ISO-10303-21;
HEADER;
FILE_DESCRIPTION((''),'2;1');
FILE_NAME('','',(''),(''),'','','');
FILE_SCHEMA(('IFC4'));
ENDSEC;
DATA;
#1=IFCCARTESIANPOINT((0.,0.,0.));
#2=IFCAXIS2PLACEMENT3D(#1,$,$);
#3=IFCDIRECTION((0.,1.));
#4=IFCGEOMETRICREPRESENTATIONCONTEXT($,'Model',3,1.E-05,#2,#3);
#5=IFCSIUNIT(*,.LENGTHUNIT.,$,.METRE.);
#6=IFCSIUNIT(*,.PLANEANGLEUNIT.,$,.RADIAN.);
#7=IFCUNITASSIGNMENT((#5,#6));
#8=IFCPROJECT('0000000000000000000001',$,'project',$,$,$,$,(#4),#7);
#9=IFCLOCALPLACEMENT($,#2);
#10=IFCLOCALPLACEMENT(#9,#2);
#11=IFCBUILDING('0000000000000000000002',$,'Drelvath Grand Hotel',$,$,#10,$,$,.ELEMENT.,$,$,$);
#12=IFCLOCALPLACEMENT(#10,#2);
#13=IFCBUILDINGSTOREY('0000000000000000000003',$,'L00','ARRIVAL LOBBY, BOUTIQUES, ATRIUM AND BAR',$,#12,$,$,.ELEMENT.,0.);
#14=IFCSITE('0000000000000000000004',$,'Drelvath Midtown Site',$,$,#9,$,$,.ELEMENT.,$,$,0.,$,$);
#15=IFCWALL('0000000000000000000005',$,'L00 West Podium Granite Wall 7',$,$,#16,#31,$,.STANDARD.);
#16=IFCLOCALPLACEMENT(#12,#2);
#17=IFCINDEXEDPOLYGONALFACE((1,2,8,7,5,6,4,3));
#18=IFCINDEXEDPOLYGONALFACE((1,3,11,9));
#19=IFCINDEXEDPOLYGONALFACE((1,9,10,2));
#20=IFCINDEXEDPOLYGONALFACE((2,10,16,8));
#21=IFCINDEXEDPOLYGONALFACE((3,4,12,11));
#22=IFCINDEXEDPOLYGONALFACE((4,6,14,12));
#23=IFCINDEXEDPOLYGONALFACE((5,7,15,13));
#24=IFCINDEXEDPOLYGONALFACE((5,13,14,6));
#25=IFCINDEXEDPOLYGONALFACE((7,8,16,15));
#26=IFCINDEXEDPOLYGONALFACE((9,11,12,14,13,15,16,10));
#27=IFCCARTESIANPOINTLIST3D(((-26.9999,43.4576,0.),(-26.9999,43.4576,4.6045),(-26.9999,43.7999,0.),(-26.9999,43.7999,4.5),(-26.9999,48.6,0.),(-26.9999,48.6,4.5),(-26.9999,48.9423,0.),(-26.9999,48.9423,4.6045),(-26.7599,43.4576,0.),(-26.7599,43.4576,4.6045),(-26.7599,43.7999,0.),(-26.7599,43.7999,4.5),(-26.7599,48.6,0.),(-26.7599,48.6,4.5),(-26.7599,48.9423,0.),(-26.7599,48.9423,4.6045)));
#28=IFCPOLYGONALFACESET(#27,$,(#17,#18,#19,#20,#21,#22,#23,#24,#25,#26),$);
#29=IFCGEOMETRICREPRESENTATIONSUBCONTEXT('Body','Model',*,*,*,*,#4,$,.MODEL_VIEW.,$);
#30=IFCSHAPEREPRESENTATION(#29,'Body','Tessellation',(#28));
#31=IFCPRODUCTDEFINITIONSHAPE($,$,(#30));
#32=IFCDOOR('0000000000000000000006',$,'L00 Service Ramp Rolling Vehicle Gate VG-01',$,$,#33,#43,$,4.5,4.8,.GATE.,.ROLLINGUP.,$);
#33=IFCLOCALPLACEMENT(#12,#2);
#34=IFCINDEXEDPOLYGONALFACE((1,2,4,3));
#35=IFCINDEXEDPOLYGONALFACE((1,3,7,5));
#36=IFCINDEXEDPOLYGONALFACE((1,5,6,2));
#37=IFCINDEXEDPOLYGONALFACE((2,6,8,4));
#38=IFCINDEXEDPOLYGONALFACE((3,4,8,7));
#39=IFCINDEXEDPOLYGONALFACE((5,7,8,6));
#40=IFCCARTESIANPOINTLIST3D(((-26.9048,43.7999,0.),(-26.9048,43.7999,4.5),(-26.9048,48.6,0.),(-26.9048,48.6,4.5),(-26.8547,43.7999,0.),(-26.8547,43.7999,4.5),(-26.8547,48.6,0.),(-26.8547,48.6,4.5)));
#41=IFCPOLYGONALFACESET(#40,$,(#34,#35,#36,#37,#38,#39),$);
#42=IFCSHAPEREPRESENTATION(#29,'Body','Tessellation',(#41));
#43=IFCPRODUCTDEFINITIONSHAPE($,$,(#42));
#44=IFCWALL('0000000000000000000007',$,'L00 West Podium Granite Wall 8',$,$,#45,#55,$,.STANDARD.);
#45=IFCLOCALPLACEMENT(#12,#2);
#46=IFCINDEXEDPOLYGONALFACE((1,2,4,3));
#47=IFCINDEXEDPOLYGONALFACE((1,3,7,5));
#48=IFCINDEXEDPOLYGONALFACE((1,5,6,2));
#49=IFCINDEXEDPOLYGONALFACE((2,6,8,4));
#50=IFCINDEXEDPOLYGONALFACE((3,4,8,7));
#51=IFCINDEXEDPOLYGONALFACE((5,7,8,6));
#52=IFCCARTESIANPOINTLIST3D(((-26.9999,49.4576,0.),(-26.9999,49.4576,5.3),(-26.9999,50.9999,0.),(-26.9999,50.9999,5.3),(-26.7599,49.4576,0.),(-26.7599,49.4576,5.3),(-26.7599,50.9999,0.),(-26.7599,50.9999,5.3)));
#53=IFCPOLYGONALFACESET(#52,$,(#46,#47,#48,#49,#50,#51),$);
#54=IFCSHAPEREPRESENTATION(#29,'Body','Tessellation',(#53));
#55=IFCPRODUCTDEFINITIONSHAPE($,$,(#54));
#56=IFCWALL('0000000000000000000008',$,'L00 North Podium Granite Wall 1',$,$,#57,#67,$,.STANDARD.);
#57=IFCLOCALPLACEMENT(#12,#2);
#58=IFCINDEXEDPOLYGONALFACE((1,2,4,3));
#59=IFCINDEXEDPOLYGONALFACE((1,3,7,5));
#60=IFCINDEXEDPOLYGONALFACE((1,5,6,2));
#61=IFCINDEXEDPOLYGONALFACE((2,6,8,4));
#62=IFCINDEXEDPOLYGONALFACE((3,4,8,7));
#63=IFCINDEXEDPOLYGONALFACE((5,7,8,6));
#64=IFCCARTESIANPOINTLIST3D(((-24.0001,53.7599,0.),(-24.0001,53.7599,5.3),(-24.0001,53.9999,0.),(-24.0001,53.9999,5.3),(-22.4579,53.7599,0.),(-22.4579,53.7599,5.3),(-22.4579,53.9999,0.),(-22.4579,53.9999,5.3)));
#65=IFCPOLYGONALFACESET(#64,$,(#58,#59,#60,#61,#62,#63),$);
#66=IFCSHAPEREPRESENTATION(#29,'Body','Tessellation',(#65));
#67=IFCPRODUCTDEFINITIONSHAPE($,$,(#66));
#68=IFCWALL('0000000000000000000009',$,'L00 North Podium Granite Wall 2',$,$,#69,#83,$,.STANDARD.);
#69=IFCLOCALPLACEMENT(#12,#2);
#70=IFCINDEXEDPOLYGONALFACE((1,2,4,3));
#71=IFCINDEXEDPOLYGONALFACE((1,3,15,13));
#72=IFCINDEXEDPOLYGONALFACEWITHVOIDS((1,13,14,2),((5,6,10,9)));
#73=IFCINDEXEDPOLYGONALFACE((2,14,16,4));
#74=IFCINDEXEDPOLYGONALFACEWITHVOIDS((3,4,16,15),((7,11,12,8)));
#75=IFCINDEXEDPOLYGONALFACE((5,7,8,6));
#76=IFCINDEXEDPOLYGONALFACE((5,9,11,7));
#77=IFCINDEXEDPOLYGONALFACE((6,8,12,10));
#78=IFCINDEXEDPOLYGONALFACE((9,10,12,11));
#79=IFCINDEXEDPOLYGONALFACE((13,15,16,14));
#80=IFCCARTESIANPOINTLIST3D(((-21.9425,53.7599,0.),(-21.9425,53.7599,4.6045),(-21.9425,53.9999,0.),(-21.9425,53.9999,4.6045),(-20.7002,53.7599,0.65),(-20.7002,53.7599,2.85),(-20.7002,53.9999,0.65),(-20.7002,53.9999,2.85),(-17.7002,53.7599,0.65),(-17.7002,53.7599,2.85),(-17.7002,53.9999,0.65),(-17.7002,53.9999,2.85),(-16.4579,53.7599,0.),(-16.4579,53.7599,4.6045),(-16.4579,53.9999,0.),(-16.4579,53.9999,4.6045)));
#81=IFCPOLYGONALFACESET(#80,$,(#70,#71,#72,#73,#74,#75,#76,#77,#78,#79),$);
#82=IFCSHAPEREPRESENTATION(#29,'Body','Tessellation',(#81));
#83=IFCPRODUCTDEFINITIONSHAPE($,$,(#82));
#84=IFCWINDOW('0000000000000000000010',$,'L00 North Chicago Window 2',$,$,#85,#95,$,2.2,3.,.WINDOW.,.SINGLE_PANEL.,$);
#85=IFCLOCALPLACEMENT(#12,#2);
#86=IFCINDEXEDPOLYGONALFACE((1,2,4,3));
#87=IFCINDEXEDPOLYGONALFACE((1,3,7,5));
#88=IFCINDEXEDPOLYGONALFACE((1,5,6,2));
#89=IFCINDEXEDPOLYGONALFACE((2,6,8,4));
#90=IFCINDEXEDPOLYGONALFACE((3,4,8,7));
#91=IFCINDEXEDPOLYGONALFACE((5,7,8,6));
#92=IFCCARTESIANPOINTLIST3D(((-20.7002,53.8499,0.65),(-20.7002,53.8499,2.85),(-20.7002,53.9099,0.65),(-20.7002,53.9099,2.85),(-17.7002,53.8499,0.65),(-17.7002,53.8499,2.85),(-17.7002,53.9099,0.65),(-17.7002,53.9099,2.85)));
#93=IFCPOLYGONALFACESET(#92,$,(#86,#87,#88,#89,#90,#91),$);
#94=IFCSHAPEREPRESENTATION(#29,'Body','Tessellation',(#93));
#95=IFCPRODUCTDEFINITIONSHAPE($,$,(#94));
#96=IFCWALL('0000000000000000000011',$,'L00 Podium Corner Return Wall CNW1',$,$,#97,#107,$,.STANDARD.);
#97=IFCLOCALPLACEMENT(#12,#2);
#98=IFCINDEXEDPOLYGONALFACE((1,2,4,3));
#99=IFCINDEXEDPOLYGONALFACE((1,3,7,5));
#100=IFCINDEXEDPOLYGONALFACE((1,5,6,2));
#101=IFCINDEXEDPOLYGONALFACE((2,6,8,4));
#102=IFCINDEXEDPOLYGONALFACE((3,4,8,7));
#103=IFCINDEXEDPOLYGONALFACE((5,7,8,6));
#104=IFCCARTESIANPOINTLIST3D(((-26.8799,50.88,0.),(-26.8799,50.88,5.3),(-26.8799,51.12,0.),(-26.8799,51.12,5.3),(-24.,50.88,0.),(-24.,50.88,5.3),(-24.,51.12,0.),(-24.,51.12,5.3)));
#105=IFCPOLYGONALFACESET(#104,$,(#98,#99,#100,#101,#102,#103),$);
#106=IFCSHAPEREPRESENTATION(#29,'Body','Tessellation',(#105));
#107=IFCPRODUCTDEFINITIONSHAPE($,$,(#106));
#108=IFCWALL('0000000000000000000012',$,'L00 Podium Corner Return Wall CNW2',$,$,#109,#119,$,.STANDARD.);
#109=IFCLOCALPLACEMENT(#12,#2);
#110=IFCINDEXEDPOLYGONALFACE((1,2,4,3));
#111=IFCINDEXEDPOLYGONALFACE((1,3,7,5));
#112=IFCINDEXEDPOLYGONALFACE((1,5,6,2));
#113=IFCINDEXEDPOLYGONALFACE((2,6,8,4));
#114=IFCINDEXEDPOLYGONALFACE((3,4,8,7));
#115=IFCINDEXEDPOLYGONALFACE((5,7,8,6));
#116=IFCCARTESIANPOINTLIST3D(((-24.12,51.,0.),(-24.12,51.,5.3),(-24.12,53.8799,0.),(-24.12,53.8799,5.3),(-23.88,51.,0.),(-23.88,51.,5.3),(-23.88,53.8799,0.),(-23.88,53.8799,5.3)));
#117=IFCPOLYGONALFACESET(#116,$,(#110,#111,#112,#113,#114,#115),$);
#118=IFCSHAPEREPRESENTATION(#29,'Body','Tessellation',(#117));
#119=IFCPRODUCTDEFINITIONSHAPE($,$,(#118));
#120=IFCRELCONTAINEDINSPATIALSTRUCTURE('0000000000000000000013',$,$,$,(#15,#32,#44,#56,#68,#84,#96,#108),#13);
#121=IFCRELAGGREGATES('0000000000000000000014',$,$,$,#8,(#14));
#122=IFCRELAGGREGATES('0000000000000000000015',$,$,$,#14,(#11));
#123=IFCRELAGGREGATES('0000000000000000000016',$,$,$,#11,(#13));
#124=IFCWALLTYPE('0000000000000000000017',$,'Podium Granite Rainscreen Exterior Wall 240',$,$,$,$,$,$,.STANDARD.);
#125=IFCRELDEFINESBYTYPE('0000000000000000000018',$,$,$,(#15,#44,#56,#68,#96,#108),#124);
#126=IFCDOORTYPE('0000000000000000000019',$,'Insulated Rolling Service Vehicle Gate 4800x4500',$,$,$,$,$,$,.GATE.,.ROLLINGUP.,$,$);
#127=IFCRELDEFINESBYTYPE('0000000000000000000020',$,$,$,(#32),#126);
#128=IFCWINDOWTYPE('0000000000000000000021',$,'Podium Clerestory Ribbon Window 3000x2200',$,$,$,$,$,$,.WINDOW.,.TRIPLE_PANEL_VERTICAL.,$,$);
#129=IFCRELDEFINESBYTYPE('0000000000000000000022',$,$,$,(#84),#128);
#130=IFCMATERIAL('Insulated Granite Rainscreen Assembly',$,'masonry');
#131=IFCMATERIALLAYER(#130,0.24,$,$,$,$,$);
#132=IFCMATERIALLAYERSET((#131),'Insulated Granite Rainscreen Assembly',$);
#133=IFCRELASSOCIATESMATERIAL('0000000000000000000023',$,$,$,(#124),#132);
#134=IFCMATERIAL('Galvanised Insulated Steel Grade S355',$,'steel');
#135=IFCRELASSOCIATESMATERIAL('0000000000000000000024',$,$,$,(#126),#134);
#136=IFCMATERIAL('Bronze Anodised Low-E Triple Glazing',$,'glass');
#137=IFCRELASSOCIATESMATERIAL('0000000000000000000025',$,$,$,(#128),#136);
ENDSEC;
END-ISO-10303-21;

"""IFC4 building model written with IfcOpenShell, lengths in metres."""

from ifc_helpers import new_model, si_unit, direction, frame, frame_2d, origin, place, context, subcontext, project, spatial, rectangle, extrude, material, layer, layer_set, type_object, element, fill, save


model = new_model("IFC4")

# Units and contexts
model_context = context("Model", 3, precision=1e-05, world=origin(), true_north=direction((0.0, 1.0)))
body_context = subcontext(model_context, "Body", "Model", "MODEL_VIEW")
ifc_project = project(units=[si_unit("LENGTHUNIT", "METRE"), si_unit("PLANEANGLEUNIT", "RADIAN")], contexts=[model_context])

# Site, building, storey
site_placement = place(None, origin())
site = spatial("IfcSite", under=ifc_project, at=site_placement, Name="Drelvath Midtown Site", CompositionType="ELEMENT", RefElevation=0.0)
building_placement = place(site_placement, origin())
building = spatial("IfcBuilding", under=site, at=building_placement, Name="Drelvath Grand Hotel", CompositionType="ELEMENT")
storey_placement = place(building_placement, origin())
storey = spatial("IfcBuildingStorey", under=building, at=storey_placement, Name="L00", Description="ARRIVAL LOBBY, BOUTIQUES, ATRIUM AND BAR", CompositionType="ELEMENT", Elevation=0.0)

# Shared definitions
ifc_material_1 = material(Name="Insulated Granite Rainscreen Assembly", Category="masonry")
ifc_layer_1 = layer(ifc_material_1, 0.24)
ifc_layer_set_1 = layer_set([ifc_layer_1], Name="Insulated Granite Rainscreen Assembly")
wall_type_1 = type_object("IfcWallType", Name="Podium Granite Rainscreen Exterior Wall 240", PredefinedType="STANDARD", material=ifc_layer_set_1)
ifc_material_2 = material(Name="Bronze Anodised Low-E Triple Glazing", Category="glass")

# Wall, opening, door
wall_1_placement = place(storey_placement, frame((-26.8799, 43.4578, 0.0), z_axis=(0.0, 0.0, 1.0), x_axis=(0.0, 1.0, 0.0)))
wall_1 = element("IfcWall", 1, at=wall_1_placement, inside=storey, type_object=wall_type_1, Name="L00 West Podium Granite Wall 7", PredefinedType="STANDARD", context=body_context, shape_type="SweptSolid", body=[
    extrude(rectangle(XDim=5.4846, YDim=0.24, at=frame_2d((2.7422, 0.0))), origin(), (0.0, 0.0, 1.0), 4.6045),
])
opening_1_placement = place(wall_1_placement, frame((0.3423, 0.0, 0.0)))
opening_1 = element("IfcOpeningElement", 2, at=opening_1_placement, cuts=wall_1, PredefinedType="OPENING", context=body_context, shape_type="SweptSolid", body=[
    extrude(rectangle(XDim=4.8, YDim=4.5, at=frame_2d((2.3999, 2.25))), frame((0.0, 0.1299, 0.0), z_axis=(0.0, -1.0, 0.0), x_axis=(1.0, 0.0, 0.0)), (0.0, 0.0, 1.0), 0.26),
])
ifc_material_3 = material(Name="Galvanised Insulated Steel Grade S355", Category="steel")
door_type = type_object("IfcDoorType", Name="Insulated Rolling Service Vehicle Gate 4800x4500", OperationType="ROLLINGUP", PredefinedType="GATE", material=ifc_material_3)
door_placement = place(opening_1_placement, origin())
door = element("IfcDoor", 3, at=door_placement, inside=storey, type_object=door_type, Name="L00 Service Ramp Rolling Vehicle Gate VG-01", OperationType="ROLLINGUP", OverallHeight=4.5, OverallWidth=4.8, PredefinedType="GATE", context=body_context, shape_type="SweptSolid", body=[
    extrude(rectangle(XDim=4.8, YDim=4.5, at=frame_2d((2.3999, 2.25))), frame((0.0, 0.0249, 0.0), z_axis=(0.0, -1.0, 0.0), x_axis=(1.0, 0.0, 0.0)), (0.0, 0.0, 1.0), 0.05),
])
fill(opening_1, door)

# Walls
for number, where, z_axis, x_axis, name in (
    (4, (-26.8799, 49.4578, 0.0), (0.0, 0.0, 1.0), (0.0, 1.0, 0.0), "L00 West Podium Granite Wall 8"),
    (5, (-24.0, 53.8799, 0.0), (0.0, 0.0, 1.0), (1.0, 0.0, 0.0), "L00 North Podium Granite Wall 1"),
):
    element("IfcWall", number, at=place(storey_placement, frame(where, z_axis=z_axis, x_axis=x_axis)), inside=storey, type_object=wall_type_1, Name=name, PredefinedType="STANDARD", context=body_context, shape_type="SweptSolid", body=[
        extrude(rectangle(XDim=1.5422, YDim=0.24, at=frame_2d((0.771, 0.0))), origin(), (0.0, 0.0, 1.0), 5.3),
    ])

# Wall, opening, window
wall_2_placement = place(storey_placement, frame((-21.9424, 53.8799, 0.0), z_axis=(0.0, 0.0, 1.0), x_axis=(1.0, 0.0, 0.0)))
wall_2 = element("IfcWall", 6, at=wall_2_placement, inside=storey, type_object=wall_type_1, Name="L00 North Podium Granite Wall 2", PredefinedType="STANDARD", context=body_context, shape_type="SweptSolid", body=[
    extrude(rectangle(XDim=5.4846, YDim=0.24, at=frame_2d((2.7422, 0.0))), origin(), (0.0, 0.0, 1.0), 4.6045),
])
opening_2_placement = place(wall_2_placement, frame((1.2422, 0.0, 0.6499)))
opening_2 = element("IfcOpeningElement", 7, at=opening_2_placement, cuts=wall_2, PredefinedType="OPENING", context=body_context, shape_type="SweptSolid", body=[
    extrude(rectangle(XDim=3.0, YDim=2.2, at=frame_2d((1.5, 1.1001))), frame((0.0, 0.1299, 0.0), z_axis=(0.0, -1.0, 0.0), x_axis=(1.0, 0.0, 0.0)), (0.0, 0.0, 1.0), 0.26),
])
window_type_1 = type_object("IfcWindowType", Name="Podium Clerestory Ribbon Window 3000x2200", PartitioningType="TRIPLE_PANEL_VERTICAL", PredefinedType="WINDOW", material=ifc_material_2)
window_1_placement = place(opening_2_placement, origin())
window_1 = element("IfcWindow", 8, at=window_1_placement, inside=storey, type_object=window_type_1, Name="L00 North Chicago Window 2", OverallHeight=2.2, OverallWidth=3.0, PartitioningType="SINGLE_PANEL", PredefinedType="WINDOW", context=body_context, shape_type="SweptSolid", body=[
    extrude(rectangle(XDim=3.0, YDim=2.2, at=frame_2d((1.5, 1.1001))), frame((0.0, 0.03, 0.0), z_axis=(0.0, -1.0, 0.0), x_axis=(1.0, 0.0, 0.0)), (0.0, 0.0, 1.0), 0.0601),
])
fill(opening_2, window_1)

# Walls
for number, where, z_axis, x_axis, name in (
    (9, (-26.8799, 51.0, 0.0), (0.0, 0.0, 1.0), (1.0, 0.0, 0.0), "L00 Podium Corner Return Wall CNW1"),
    (10, (-24.0, 51.0, 0.0), (0.0, 0.0, 1.0), (0.0, 1.0, 0.0), "L00 Podium Corner Return Wall CNW2"),
):
    element("IfcWall", number, at=place(storey_placement, frame(where, z_axis=z_axis, x_axis=x_axis)), inside=storey, type_object=wall_type_1, Name=name, PredefinedType="STANDARD", context=body_context, shape_type="SweptSolid", body=[
        extrude(rectangle(XDim=2.8799, YDim=0.24, at=frame_2d((1.4399, 0.0))), origin(), (0.0, 0.0, 1.0), 5.3),
    ])

save(model, "model.ifc")
